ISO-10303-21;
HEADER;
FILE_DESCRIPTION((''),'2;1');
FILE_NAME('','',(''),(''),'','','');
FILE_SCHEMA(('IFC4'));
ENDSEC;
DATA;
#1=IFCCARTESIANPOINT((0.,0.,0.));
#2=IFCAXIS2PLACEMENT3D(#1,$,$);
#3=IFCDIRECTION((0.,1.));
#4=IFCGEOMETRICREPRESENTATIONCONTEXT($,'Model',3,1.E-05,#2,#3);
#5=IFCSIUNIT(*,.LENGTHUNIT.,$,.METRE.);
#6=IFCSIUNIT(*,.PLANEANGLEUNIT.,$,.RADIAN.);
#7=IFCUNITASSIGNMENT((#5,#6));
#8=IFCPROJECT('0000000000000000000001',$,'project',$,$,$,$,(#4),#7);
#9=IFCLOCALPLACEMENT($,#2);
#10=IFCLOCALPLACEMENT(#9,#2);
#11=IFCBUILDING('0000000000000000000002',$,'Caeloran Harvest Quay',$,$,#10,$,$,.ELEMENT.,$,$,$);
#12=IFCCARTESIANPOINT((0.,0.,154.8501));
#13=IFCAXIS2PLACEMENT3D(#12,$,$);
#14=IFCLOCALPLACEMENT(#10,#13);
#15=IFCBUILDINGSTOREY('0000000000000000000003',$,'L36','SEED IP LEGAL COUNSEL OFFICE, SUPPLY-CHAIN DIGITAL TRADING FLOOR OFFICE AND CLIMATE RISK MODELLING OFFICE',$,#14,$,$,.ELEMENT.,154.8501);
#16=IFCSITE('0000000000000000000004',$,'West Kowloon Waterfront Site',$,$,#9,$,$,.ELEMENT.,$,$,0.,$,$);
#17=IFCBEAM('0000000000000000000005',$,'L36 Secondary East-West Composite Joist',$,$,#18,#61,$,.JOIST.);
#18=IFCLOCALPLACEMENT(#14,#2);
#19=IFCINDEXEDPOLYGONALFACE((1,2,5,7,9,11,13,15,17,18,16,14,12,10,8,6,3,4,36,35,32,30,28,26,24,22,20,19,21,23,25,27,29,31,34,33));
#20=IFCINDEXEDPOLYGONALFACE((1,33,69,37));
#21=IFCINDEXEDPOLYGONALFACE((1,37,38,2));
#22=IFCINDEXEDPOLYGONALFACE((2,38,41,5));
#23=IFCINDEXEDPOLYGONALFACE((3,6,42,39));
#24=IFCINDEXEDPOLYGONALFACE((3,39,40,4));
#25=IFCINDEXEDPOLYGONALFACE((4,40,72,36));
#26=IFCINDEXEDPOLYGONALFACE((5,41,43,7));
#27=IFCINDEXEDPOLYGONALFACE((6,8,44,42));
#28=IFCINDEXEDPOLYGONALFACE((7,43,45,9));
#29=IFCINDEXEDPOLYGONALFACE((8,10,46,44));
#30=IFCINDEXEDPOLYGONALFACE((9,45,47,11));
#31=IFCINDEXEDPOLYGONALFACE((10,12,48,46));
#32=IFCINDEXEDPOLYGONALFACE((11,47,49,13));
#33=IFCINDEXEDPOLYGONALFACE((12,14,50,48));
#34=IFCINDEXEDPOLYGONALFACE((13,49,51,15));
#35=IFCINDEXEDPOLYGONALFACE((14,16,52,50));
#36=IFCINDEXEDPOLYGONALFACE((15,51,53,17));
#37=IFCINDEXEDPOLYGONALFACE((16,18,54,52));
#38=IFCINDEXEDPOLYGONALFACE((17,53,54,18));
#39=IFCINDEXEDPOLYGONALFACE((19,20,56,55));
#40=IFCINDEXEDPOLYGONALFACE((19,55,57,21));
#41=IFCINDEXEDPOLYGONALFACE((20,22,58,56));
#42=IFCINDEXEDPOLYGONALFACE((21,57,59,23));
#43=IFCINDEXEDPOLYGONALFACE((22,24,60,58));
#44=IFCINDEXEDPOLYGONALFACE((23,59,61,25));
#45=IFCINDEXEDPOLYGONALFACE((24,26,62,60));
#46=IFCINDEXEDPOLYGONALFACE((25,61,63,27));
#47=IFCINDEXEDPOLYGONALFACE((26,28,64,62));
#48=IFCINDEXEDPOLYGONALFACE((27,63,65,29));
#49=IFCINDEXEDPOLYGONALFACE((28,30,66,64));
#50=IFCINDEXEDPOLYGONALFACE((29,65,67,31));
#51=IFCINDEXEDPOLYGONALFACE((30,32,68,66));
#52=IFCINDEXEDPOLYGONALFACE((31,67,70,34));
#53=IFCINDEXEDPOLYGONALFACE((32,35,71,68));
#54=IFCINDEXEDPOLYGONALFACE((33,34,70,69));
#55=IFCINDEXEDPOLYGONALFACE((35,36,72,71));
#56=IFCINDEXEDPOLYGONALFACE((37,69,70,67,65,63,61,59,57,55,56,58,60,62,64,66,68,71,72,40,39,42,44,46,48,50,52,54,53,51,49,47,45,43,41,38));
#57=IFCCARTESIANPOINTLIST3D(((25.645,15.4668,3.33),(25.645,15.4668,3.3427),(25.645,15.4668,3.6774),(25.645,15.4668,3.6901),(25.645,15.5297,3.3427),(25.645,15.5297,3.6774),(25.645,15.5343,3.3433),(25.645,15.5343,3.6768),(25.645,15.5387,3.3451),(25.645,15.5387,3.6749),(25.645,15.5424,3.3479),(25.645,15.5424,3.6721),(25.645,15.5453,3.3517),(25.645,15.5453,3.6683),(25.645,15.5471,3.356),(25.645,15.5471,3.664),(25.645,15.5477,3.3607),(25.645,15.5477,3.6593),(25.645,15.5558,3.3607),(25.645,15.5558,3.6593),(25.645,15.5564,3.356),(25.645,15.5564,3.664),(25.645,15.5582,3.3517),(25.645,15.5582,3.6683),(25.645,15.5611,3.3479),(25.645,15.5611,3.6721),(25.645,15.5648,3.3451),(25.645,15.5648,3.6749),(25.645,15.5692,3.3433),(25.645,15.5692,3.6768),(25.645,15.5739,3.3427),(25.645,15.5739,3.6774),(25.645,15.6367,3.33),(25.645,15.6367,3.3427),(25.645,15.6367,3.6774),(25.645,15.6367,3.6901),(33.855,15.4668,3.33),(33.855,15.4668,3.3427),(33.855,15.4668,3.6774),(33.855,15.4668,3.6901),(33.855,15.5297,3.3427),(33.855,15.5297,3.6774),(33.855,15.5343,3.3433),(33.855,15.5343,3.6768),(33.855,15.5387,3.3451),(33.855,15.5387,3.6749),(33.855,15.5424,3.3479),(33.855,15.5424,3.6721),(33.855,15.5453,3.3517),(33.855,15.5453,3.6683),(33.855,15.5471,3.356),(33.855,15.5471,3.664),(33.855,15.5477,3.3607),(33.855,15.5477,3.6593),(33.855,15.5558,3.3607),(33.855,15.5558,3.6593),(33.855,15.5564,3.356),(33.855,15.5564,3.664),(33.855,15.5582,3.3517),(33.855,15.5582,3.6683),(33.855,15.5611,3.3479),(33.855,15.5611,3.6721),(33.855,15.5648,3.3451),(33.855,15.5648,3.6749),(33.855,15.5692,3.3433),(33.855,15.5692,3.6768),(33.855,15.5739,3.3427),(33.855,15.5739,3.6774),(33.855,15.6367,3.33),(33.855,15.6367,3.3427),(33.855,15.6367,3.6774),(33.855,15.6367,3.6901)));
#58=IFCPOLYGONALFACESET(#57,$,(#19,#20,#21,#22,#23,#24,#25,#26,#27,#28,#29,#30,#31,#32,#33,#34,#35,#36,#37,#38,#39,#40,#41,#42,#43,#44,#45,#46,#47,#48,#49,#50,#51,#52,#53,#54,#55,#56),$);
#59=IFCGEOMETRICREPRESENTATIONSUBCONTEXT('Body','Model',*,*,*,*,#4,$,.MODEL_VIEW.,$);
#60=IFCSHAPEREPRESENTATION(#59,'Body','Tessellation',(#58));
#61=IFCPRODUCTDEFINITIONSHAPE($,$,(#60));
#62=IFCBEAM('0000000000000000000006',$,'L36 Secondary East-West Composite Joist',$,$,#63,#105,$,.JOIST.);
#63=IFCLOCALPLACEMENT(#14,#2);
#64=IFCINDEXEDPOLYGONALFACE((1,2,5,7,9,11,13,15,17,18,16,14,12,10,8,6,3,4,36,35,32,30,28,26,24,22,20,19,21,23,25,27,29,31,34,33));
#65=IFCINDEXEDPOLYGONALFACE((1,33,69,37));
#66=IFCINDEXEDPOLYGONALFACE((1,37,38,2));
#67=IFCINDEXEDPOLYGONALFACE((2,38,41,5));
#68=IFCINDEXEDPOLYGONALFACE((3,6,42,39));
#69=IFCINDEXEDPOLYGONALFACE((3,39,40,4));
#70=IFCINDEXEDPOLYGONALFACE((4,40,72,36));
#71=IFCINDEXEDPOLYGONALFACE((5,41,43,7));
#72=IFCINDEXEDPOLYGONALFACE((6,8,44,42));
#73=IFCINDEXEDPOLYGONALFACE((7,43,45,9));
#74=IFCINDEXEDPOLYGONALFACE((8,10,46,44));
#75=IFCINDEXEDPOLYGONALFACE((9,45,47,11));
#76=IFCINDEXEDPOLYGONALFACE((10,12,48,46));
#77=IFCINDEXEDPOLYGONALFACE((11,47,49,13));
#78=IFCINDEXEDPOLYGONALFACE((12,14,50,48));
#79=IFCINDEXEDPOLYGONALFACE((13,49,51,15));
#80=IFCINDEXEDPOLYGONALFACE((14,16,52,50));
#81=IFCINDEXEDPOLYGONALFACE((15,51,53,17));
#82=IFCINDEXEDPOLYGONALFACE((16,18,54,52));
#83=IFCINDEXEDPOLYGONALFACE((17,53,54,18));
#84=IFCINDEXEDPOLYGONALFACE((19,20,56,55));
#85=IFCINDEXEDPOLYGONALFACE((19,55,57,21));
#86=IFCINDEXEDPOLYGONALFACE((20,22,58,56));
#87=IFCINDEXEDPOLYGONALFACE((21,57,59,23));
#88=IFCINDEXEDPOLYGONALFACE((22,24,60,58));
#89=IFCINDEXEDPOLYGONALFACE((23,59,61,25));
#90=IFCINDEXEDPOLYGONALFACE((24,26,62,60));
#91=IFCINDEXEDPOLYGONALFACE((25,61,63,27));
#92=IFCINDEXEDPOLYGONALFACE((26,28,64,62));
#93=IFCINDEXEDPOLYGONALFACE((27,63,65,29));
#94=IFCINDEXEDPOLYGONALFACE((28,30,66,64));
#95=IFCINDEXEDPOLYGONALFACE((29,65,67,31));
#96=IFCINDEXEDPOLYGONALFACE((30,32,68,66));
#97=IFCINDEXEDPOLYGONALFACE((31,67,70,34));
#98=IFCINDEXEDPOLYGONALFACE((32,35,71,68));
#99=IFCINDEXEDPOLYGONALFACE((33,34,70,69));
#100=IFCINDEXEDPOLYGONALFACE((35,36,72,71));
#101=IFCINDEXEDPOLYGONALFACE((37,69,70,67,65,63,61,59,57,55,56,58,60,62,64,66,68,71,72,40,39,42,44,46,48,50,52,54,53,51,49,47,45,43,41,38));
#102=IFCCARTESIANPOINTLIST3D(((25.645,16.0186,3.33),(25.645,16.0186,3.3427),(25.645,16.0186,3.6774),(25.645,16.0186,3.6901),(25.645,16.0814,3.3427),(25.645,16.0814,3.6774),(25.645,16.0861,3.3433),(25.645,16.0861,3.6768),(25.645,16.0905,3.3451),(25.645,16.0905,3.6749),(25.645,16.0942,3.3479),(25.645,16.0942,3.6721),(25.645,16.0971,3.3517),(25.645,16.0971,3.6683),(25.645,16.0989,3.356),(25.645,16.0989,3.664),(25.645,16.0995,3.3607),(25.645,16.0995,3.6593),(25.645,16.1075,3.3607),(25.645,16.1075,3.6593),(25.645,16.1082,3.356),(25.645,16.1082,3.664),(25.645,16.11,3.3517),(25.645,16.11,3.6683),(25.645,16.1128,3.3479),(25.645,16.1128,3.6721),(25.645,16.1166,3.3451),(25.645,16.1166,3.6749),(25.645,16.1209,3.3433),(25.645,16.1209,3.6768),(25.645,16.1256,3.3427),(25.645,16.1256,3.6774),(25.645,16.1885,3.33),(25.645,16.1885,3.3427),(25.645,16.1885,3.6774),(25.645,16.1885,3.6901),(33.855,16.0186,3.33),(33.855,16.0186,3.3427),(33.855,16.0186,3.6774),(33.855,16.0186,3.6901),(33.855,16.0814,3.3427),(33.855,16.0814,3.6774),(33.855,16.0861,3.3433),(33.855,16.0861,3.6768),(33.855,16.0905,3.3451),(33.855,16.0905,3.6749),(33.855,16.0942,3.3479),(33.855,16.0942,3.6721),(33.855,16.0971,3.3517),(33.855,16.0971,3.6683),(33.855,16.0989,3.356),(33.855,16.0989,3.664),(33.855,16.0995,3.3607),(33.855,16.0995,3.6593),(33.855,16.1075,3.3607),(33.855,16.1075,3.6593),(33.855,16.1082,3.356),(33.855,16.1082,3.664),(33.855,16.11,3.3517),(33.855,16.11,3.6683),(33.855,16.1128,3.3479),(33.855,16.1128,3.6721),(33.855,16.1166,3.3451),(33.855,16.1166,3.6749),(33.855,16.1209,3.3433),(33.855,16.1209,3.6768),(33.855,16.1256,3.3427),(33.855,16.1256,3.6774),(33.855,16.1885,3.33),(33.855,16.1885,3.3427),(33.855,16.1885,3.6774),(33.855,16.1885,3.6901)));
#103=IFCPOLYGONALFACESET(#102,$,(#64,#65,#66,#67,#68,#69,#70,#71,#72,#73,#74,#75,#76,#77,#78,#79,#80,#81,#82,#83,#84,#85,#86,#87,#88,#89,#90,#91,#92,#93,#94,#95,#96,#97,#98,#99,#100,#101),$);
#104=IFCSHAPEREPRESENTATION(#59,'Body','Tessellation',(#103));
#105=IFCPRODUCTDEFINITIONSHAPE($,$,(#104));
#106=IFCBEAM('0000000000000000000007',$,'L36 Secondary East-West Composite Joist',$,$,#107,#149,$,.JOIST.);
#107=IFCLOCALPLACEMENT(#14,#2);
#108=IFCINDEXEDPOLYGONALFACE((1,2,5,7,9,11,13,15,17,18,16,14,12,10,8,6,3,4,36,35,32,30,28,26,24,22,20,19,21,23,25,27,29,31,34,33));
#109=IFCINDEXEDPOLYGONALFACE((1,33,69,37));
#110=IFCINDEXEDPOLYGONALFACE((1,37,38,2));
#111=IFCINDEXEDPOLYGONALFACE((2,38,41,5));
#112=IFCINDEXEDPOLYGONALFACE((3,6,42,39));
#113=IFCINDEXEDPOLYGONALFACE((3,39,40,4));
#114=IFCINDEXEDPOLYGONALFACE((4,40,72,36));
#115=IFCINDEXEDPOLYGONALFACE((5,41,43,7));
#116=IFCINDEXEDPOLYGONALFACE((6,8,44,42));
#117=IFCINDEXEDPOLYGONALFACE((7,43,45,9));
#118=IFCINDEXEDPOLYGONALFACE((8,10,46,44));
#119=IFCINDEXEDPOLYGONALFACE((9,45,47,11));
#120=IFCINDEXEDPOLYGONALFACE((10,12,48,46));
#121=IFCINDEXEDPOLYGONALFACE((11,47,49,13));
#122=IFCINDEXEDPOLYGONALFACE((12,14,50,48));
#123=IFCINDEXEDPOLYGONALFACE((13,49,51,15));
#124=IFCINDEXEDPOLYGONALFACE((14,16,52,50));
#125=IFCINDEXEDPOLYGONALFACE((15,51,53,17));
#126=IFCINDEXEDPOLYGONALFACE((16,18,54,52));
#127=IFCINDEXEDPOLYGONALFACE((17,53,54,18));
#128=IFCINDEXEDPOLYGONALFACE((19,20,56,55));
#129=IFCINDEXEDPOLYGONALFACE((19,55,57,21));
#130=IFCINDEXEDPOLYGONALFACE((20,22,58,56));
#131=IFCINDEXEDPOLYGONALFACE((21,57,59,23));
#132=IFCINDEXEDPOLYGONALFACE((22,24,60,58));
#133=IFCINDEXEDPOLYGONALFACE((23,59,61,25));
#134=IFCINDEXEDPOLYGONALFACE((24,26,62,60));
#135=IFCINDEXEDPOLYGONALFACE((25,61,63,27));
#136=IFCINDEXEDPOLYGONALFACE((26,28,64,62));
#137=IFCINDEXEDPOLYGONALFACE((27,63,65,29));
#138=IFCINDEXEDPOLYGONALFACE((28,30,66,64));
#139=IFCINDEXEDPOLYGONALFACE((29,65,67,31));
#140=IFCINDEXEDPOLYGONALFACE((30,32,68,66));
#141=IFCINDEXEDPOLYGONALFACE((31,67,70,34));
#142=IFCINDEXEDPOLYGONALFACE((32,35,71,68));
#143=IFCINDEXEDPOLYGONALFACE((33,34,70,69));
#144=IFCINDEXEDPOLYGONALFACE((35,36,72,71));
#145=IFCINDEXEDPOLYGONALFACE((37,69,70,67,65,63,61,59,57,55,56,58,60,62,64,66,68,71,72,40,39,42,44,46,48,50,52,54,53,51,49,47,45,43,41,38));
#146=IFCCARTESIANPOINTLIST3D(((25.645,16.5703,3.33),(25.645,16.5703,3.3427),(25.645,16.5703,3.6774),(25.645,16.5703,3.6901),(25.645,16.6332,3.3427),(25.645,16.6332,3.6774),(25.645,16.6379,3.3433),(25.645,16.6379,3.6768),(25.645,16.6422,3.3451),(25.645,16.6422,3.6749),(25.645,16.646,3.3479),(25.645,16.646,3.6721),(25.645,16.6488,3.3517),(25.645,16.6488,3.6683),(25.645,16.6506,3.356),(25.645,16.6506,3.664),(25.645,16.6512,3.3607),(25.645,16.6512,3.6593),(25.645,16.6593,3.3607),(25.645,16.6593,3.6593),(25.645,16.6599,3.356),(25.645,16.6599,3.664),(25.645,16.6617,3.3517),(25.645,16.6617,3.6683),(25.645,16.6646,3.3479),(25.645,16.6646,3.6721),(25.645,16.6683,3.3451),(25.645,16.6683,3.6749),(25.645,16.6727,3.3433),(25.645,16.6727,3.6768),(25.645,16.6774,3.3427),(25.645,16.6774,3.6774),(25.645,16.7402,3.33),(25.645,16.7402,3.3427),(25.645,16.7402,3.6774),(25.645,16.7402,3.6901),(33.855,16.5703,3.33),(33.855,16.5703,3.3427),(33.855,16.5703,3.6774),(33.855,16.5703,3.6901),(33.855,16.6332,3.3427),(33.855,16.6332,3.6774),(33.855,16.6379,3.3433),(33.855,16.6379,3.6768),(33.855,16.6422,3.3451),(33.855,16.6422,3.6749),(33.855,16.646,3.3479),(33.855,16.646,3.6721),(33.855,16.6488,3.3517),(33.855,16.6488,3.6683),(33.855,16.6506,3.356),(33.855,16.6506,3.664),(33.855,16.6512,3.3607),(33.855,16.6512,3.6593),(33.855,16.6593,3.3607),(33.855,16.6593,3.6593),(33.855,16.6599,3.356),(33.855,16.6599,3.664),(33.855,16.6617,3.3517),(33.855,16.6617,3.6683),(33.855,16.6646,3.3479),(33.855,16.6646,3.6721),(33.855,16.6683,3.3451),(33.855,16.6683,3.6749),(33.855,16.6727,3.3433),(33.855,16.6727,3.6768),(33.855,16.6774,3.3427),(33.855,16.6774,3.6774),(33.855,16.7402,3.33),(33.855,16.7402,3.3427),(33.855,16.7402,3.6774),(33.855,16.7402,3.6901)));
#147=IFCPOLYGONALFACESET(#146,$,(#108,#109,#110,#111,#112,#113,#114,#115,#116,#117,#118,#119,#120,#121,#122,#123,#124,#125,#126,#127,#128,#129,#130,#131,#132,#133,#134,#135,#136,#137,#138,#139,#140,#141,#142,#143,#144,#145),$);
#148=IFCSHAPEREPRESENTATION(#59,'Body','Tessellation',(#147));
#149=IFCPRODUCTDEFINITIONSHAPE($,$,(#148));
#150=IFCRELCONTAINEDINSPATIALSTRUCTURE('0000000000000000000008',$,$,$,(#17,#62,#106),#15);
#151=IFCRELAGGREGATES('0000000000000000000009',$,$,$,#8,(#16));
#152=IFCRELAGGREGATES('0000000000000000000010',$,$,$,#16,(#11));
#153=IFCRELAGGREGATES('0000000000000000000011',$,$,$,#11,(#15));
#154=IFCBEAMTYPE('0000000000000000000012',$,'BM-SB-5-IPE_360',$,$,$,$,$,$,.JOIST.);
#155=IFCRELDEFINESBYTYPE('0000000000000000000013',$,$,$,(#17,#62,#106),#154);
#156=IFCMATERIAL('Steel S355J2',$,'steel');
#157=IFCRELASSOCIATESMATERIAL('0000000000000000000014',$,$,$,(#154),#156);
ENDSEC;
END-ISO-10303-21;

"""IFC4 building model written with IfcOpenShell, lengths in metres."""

from ifc_helpers import new_model, si_unit, direction, frame, origin, origin_2d, place, context, subcontext, project, spatial, i_section, extrude, material, material_profile, profile_set, type_object, element, save


model = new_model("IFC4")

# Units and contexts
model_context = context("Model", 3, precision=1e-05, world=origin(), true_north=direction((0.0, 1.0)))
body_context = subcontext(model_context, "Body", "Model", "MODEL_VIEW")
ifc_project = project(units=[si_unit("LENGTHUNIT", "METRE"), si_unit("PLANEANGLEUNIT", "RADIAN")], contexts=[model_context])

# Site, building, storey
site_placement = place(None, origin())
site = spatial("IfcSite", under=ifc_project, at=site_placement, Name="West Kowloon Waterfront Site", CompositionType="ELEMENT", RefElevation=0.0)
building_placement = place(site_placement, origin())
building = spatial("IfcBuilding", under=site, at=building_placement, Name="Caeloran Harvest Quay", CompositionType="ELEMENT")
storey_placement = place(building_placement, frame((0.0, 0.0, 154.8501)))
storey = spatial("IfcBuildingStorey", under=building, at=storey_placement, Name="L36", Description="SEED IP LEGAL COUNSEL OFFICE, SUPPLY-CHAIN DIGITAL TRADING FLOOR OFFICE AND CLIMATE RISK MODELLING OFFICE", CompositionType="ELEMENT", Elevation=154.8501)

# Beams
ifc_material_1 = material(Name="Steel S355J2", Category="steel")
ifc_material_profile_1 = material_profile(ifc_material_1, i_section(OverallWidth=0.1699, OverallDepth=0.3601, WebThickness=0.0081, FlangeThickness=0.0127, FilletRadius=0.0181, at=origin_2d()), Name="IPE 360")
ifc_profile_set_1 = profile_set([ifc_material_profile_1], Name="Steel S355J2")
beam_type_1 = type_object("IfcBeamType", Name="BM-SB-5-IPE_360", PredefinedType="JOIST", material=ifc_profile_set_1)
for number, where, z_axis, x_axis, name in (
    (1, (25.645, 15.5518, 3.51), (1.0, 0.0, 0.0), (0.0, 1.0, 0.0), "L36 Secondary East-West Composite Joist"),
    (2, (25.645, 16.1035, 3.51), (1.0, 0.0, 0.0), (0.0, 1.0, 0.0), "L36 Secondary East-West Composite Joist"),
    (3, (25.645, 16.6553, 3.51), (1.0, 0.0, 0.0), (0.0, 1.0, 0.0), "L36 Secondary East-West Composite Joist"),
):
    element("IfcBeam", number, at=place(storey_placement, frame(where, z_axis=z_axis, x_axis=x_axis)), inside=storey, type_object=beam_type_1, Name=name, PredefinedType="JOIST", context=body_context, shape_type="SweptSolid", body=[
        extrude(i_section(OverallWidth=0.1699, OverallDepth=0.3601, WebThickness=0.0081, FlangeThickness=0.0127, FilletRadius=0.0181, at=origin_2d()), origin(), (0.0, 0.0, 1.0), 8.21),
    ])

save(model, "model.ifc")
